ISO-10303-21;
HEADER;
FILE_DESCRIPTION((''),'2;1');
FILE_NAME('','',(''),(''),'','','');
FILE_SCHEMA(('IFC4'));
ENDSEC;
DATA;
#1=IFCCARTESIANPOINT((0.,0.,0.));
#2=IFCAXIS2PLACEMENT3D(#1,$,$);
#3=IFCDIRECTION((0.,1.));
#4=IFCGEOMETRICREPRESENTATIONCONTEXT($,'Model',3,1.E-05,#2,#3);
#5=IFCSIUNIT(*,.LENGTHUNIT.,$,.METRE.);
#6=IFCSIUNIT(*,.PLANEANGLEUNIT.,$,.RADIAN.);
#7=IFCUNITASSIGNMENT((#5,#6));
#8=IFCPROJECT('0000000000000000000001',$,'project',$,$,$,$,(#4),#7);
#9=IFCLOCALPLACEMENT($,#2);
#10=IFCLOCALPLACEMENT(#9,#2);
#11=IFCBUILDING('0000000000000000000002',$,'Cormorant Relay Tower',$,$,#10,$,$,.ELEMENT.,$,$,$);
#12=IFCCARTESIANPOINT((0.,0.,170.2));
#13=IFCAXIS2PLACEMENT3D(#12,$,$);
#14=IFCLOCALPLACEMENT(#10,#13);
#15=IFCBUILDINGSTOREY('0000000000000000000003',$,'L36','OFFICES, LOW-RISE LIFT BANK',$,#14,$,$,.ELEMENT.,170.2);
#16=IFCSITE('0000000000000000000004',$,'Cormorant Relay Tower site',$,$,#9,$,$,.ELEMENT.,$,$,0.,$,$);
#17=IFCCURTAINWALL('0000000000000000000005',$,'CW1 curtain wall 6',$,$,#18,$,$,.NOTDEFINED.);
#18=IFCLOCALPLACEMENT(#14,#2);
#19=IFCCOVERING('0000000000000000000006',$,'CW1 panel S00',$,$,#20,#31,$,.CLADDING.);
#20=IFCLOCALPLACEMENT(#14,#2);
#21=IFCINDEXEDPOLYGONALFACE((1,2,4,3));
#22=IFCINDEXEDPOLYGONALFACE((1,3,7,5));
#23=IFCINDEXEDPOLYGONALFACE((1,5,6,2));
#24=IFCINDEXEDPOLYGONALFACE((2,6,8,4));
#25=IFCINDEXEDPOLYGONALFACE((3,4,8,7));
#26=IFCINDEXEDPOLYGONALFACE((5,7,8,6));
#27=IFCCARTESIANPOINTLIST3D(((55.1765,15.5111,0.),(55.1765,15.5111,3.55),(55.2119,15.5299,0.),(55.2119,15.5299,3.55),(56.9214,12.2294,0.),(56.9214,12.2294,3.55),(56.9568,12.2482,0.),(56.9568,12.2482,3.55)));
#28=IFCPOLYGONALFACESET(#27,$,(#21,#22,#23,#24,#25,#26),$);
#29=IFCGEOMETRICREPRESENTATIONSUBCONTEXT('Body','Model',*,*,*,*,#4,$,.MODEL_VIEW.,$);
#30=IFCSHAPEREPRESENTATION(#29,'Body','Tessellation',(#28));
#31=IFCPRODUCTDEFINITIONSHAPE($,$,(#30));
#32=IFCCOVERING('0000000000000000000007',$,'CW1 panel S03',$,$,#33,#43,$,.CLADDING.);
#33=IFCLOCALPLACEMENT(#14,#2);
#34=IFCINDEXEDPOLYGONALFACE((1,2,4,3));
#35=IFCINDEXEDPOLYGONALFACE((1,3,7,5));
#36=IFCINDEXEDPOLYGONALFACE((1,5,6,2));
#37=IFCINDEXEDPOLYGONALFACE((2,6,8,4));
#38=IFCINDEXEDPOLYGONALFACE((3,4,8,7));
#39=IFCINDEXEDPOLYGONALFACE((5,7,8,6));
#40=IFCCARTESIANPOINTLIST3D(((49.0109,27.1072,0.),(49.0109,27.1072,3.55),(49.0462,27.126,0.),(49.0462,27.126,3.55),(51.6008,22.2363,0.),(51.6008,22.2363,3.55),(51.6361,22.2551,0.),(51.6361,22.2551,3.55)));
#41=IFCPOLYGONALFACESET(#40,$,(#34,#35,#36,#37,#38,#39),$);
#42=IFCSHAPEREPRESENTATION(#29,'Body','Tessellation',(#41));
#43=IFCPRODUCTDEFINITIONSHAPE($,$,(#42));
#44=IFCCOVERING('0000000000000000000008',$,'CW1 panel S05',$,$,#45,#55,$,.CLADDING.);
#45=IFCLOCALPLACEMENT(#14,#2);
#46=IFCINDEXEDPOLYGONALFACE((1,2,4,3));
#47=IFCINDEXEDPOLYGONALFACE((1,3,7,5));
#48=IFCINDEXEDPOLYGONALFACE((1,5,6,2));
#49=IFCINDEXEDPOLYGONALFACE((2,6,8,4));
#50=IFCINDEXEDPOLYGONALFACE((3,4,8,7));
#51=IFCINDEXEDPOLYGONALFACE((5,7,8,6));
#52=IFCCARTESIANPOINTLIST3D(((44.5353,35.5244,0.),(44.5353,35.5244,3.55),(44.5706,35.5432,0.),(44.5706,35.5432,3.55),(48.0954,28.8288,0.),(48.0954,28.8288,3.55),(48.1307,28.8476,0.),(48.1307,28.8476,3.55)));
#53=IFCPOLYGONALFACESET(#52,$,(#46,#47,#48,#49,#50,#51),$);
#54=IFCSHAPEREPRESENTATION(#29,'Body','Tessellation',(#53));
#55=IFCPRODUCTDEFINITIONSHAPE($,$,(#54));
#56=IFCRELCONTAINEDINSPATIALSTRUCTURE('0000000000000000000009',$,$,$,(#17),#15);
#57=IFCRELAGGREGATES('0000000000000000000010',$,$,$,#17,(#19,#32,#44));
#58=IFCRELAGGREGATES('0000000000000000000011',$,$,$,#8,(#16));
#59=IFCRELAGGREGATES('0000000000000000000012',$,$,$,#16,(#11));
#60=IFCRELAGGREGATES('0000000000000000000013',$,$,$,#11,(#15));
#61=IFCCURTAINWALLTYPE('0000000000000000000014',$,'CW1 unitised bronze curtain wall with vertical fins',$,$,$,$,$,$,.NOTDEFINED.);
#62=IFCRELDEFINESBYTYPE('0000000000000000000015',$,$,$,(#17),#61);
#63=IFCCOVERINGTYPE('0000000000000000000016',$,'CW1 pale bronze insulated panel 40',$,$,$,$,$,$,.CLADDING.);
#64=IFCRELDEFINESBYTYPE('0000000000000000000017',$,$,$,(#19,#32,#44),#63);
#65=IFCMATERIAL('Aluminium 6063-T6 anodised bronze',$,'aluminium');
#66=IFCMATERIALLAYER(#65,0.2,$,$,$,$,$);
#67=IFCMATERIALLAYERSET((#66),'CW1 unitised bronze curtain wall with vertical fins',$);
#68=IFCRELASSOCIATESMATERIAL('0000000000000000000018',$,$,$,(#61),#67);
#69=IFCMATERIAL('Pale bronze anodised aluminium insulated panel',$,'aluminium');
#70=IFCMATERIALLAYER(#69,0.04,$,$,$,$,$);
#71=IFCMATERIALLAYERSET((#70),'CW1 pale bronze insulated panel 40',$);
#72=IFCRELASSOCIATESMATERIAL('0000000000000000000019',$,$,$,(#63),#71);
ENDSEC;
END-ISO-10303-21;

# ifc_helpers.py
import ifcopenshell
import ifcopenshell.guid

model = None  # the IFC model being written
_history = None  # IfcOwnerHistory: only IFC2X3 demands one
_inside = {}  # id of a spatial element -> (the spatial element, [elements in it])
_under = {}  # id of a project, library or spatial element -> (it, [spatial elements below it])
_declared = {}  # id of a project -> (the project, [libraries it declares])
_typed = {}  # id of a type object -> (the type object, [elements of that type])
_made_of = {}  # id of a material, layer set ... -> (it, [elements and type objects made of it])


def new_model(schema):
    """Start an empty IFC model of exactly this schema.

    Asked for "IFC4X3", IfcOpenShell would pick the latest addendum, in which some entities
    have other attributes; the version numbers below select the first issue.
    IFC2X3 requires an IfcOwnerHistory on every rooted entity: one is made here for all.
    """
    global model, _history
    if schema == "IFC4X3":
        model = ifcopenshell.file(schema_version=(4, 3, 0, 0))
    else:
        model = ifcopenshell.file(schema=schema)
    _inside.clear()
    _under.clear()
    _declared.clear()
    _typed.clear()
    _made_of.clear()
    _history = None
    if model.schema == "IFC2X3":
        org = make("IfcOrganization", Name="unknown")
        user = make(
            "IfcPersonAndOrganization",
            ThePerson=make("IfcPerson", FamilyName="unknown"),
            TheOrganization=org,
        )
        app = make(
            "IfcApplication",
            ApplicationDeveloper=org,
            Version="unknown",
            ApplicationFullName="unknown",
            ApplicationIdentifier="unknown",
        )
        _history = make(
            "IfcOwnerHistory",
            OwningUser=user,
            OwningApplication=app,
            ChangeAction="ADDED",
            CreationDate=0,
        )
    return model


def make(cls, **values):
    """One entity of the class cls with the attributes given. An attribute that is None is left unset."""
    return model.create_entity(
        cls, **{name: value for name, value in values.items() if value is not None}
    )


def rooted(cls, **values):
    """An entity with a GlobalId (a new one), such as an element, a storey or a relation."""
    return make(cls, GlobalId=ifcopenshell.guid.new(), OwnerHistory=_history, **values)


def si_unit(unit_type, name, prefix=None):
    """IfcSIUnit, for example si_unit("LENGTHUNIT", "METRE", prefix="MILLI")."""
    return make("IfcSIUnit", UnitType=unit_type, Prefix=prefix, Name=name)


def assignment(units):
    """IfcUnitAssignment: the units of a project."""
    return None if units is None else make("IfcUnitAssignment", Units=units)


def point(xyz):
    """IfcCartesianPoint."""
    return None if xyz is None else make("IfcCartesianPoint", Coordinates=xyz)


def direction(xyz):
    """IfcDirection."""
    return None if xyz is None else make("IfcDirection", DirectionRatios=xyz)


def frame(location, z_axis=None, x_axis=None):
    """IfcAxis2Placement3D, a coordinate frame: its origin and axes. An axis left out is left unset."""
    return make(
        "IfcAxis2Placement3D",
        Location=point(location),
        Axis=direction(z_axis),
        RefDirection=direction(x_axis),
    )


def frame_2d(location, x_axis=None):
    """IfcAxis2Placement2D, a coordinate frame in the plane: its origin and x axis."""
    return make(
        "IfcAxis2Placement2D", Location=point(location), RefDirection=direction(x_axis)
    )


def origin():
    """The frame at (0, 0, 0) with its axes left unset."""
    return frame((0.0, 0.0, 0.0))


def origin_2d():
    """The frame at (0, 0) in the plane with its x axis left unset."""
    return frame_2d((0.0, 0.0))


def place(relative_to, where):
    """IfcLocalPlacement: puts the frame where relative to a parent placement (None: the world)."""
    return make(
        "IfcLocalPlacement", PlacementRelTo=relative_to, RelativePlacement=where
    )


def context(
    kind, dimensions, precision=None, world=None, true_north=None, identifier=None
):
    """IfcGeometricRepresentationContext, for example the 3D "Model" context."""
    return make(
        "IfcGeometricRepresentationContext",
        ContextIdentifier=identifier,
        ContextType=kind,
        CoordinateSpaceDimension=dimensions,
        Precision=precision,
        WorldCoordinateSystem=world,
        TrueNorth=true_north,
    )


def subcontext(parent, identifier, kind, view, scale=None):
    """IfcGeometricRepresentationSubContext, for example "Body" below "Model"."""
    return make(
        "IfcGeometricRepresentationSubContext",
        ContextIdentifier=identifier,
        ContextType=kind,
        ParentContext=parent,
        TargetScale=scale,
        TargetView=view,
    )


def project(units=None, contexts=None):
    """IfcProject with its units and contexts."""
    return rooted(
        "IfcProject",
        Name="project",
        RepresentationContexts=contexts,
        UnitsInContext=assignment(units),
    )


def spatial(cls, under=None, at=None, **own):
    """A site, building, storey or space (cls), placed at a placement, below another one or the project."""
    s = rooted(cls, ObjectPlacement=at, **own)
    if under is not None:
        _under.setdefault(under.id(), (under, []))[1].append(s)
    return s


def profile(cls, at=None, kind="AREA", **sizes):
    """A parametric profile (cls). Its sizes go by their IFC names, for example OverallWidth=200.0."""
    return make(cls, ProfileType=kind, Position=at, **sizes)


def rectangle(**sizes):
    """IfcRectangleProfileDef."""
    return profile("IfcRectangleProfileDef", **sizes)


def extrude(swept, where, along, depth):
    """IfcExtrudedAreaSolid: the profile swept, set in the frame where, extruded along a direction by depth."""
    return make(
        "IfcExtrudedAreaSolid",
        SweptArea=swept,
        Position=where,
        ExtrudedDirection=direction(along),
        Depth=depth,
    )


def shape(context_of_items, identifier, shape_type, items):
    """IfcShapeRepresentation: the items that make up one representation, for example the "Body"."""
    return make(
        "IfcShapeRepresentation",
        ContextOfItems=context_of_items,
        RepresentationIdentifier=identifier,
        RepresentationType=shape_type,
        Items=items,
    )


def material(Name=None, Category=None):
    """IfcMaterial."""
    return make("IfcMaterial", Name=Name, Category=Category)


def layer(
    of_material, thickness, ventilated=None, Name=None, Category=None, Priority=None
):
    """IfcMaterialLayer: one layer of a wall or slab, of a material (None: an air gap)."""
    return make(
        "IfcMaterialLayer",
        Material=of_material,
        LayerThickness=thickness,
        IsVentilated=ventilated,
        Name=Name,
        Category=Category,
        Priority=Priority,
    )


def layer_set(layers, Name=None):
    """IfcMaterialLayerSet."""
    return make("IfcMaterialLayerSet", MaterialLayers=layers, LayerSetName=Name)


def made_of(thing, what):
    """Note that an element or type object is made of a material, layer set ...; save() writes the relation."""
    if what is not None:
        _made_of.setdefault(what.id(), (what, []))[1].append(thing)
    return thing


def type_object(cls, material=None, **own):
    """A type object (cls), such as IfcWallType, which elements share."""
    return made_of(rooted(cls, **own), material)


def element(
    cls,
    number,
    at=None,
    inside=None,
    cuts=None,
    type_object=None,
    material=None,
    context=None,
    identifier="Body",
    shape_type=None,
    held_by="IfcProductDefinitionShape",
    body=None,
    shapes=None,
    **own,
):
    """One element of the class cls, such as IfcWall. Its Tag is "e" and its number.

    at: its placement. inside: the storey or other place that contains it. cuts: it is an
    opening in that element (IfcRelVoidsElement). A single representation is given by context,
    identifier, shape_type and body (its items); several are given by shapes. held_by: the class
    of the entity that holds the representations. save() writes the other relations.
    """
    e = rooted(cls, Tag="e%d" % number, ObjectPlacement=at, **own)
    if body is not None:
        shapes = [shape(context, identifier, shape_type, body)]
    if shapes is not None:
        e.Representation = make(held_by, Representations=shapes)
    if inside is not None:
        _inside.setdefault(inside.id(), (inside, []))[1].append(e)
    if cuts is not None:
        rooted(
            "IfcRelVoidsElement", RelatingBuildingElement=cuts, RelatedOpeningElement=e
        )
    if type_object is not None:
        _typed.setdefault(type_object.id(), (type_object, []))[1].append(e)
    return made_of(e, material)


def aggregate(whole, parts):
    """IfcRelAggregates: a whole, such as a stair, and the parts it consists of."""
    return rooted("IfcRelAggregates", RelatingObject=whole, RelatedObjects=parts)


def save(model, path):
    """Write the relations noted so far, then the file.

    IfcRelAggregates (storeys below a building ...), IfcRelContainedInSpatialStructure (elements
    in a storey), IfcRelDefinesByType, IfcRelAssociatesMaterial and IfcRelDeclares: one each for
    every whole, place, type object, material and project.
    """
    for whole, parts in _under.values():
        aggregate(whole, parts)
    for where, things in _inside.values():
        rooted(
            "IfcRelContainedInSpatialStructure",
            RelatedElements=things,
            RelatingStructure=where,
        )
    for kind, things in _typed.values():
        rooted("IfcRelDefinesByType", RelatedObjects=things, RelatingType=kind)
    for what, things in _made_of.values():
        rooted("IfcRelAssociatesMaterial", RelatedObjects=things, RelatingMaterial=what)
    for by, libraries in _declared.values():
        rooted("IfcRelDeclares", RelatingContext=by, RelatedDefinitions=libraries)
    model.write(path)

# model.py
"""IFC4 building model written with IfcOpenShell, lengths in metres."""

from ifc_helpers import new_model, si_unit, direction, frame, origin, origin_2d, place, context, subcontext, project, spatial, rectangle, extrude, material, layer, layer_set, type_object, element, aggregate, save


model = new_model("IFC4")

# Units and contexts
model_context = context("Model", 3, precision=1e-05, world=origin(), true_north=direction((0.0, 1.0)))
body_context = subcontext(model_context, "Body", "Model", "MODEL_VIEW")
ifc_project = project(units=[si_unit("LENGTHUNIT", "METRE"), si_unit("PLANEANGLEUNIT", "RADIAN")], contexts=[model_context])

# Site, building, storey
site_placement = place(None, origin())
site = spatial("IfcSite", under=ifc_project, at=site_placement, Name="Cormorant Relay Tower site", CompositionType="ELEMENT", RefElevation=0.0)
building_placement = place(site_placement, origin())
building = spatial("IfcBuilding", under=site, at=building_placement, Name="Cormorant Relay Tower", CompositionType="ELEMENT")
storey_placement = place(building_placement, frame((0.0, 0.0, 170.2)))
storey = spatial("IfcBuildingStorey", under=building, at=storey_placement, Name="L36", Description="OFFICES, LOW-RISE LIFT BANK", CompositionType="ELEMENT", Elevation=170.2)

# Curtain wall
ifc_material_1 = material(Name="Aluminium 6063-T6 anodised bronze", Category="aluminium")
ifc_layer_1 = layer(ifc_material_1, 0.2)
ifc_layer_set_1 = layer_set([ifc_layer_1], Name="CW1 unitised bronze curtain wall with vertical fins")
curtain_wall_type = type_object("IfcCurtainWallType", Name="CW1 unitised bronze curtain wall with vertical fins", PredefinedType="NOTDEFINED", material=ifc_layer_set_1)
curtain_wall_1_placement = place(storey_placement, origin())
curtain_wall_1 = element("IfcCurtainWall", 1, at=curtain_wall_1_placement, inside=storey, type_object=curtain_wall_type, Name="CW1 curtain wall 6", PredefinedType="NOTDEFINED")

# Coverings
ifc_material_2 = material(Name="Pale bronze anodised aluminium insulated panel", Category="aluminium")
ifc_layer_2 = layer(ifc_material_2, 0.04)
ifc_layer_set_2 = layer_set([ifc_layer_2], Name="CW1 pale bronze insulated panel 40")
covering_type = type_object("IfcCoveringType", Name="CW1 pale bronze insulated panel 40", PredefinedType="CLADDING", material=ifc_layer_set_2)
covering_1_placement = place(storey_placement, frame((56.0667, 13.8796, 0.0), z_axis=(0.0, 0.0, 1.0), x_axis=(-0.469472, 0.882948, 0.0)))
covering_1 = element("IfcCovering", 2, at=covering_1_placement, type_object=covering_type, Name="CW1 panel S00", PredefinedType="CLADDING", context=body_context, shape_type="SweptSolid", body=[
    extrude(rectangle(XDim=3.7168, YDim=0.04, at=origin_2d()), origin(), (0.0, 0.0, 1.0), 3.55),
])
covering_2_placement = place(storey_placement, frame((50.3235, 24.6812, 0.0), z_axis=(0.0, 0.0, 1.0), x_axis=(-0.469472, 0.882948, 0.0)))
covering_2 = element("IfcCovering", 3, at=covering_2_placement, type_object=covering_type, Name="CW1 panel S03", PredefinedType="CLADDING", context=body_context, shape_type="SweptSolid", body=[
    extrude(rectangle(XDim=5.5166, YDim=0.04, at=origin_2d()), origin(), (0.0, 0.0, 1.0), 3.55),
])
covering_3_placement = place(storey_placement, frame((46.333, 32.186, 0.0), z_axis=(0.0, 0.0, 1.0), x_axis=(-0.469472, 0.882948, 0.0)))
covering_3 = element("IfcCovering", 4, at=covering_3_placement, type_object=covering_type, Name="CW1 panel S05", PredefinedType="CLADDING", context=body_context, shape_type="SweptSolid", body=[
    extrude(rectangle(XDim=7.5833, YDim=0.04, at=origin_2d()), origin(), (0.0, 0.0, 1.0), 3.55),
])
aggregate(curtain_wall_1, [covering_1, covering_2, covering_3])

save(model, "model.ifc")
